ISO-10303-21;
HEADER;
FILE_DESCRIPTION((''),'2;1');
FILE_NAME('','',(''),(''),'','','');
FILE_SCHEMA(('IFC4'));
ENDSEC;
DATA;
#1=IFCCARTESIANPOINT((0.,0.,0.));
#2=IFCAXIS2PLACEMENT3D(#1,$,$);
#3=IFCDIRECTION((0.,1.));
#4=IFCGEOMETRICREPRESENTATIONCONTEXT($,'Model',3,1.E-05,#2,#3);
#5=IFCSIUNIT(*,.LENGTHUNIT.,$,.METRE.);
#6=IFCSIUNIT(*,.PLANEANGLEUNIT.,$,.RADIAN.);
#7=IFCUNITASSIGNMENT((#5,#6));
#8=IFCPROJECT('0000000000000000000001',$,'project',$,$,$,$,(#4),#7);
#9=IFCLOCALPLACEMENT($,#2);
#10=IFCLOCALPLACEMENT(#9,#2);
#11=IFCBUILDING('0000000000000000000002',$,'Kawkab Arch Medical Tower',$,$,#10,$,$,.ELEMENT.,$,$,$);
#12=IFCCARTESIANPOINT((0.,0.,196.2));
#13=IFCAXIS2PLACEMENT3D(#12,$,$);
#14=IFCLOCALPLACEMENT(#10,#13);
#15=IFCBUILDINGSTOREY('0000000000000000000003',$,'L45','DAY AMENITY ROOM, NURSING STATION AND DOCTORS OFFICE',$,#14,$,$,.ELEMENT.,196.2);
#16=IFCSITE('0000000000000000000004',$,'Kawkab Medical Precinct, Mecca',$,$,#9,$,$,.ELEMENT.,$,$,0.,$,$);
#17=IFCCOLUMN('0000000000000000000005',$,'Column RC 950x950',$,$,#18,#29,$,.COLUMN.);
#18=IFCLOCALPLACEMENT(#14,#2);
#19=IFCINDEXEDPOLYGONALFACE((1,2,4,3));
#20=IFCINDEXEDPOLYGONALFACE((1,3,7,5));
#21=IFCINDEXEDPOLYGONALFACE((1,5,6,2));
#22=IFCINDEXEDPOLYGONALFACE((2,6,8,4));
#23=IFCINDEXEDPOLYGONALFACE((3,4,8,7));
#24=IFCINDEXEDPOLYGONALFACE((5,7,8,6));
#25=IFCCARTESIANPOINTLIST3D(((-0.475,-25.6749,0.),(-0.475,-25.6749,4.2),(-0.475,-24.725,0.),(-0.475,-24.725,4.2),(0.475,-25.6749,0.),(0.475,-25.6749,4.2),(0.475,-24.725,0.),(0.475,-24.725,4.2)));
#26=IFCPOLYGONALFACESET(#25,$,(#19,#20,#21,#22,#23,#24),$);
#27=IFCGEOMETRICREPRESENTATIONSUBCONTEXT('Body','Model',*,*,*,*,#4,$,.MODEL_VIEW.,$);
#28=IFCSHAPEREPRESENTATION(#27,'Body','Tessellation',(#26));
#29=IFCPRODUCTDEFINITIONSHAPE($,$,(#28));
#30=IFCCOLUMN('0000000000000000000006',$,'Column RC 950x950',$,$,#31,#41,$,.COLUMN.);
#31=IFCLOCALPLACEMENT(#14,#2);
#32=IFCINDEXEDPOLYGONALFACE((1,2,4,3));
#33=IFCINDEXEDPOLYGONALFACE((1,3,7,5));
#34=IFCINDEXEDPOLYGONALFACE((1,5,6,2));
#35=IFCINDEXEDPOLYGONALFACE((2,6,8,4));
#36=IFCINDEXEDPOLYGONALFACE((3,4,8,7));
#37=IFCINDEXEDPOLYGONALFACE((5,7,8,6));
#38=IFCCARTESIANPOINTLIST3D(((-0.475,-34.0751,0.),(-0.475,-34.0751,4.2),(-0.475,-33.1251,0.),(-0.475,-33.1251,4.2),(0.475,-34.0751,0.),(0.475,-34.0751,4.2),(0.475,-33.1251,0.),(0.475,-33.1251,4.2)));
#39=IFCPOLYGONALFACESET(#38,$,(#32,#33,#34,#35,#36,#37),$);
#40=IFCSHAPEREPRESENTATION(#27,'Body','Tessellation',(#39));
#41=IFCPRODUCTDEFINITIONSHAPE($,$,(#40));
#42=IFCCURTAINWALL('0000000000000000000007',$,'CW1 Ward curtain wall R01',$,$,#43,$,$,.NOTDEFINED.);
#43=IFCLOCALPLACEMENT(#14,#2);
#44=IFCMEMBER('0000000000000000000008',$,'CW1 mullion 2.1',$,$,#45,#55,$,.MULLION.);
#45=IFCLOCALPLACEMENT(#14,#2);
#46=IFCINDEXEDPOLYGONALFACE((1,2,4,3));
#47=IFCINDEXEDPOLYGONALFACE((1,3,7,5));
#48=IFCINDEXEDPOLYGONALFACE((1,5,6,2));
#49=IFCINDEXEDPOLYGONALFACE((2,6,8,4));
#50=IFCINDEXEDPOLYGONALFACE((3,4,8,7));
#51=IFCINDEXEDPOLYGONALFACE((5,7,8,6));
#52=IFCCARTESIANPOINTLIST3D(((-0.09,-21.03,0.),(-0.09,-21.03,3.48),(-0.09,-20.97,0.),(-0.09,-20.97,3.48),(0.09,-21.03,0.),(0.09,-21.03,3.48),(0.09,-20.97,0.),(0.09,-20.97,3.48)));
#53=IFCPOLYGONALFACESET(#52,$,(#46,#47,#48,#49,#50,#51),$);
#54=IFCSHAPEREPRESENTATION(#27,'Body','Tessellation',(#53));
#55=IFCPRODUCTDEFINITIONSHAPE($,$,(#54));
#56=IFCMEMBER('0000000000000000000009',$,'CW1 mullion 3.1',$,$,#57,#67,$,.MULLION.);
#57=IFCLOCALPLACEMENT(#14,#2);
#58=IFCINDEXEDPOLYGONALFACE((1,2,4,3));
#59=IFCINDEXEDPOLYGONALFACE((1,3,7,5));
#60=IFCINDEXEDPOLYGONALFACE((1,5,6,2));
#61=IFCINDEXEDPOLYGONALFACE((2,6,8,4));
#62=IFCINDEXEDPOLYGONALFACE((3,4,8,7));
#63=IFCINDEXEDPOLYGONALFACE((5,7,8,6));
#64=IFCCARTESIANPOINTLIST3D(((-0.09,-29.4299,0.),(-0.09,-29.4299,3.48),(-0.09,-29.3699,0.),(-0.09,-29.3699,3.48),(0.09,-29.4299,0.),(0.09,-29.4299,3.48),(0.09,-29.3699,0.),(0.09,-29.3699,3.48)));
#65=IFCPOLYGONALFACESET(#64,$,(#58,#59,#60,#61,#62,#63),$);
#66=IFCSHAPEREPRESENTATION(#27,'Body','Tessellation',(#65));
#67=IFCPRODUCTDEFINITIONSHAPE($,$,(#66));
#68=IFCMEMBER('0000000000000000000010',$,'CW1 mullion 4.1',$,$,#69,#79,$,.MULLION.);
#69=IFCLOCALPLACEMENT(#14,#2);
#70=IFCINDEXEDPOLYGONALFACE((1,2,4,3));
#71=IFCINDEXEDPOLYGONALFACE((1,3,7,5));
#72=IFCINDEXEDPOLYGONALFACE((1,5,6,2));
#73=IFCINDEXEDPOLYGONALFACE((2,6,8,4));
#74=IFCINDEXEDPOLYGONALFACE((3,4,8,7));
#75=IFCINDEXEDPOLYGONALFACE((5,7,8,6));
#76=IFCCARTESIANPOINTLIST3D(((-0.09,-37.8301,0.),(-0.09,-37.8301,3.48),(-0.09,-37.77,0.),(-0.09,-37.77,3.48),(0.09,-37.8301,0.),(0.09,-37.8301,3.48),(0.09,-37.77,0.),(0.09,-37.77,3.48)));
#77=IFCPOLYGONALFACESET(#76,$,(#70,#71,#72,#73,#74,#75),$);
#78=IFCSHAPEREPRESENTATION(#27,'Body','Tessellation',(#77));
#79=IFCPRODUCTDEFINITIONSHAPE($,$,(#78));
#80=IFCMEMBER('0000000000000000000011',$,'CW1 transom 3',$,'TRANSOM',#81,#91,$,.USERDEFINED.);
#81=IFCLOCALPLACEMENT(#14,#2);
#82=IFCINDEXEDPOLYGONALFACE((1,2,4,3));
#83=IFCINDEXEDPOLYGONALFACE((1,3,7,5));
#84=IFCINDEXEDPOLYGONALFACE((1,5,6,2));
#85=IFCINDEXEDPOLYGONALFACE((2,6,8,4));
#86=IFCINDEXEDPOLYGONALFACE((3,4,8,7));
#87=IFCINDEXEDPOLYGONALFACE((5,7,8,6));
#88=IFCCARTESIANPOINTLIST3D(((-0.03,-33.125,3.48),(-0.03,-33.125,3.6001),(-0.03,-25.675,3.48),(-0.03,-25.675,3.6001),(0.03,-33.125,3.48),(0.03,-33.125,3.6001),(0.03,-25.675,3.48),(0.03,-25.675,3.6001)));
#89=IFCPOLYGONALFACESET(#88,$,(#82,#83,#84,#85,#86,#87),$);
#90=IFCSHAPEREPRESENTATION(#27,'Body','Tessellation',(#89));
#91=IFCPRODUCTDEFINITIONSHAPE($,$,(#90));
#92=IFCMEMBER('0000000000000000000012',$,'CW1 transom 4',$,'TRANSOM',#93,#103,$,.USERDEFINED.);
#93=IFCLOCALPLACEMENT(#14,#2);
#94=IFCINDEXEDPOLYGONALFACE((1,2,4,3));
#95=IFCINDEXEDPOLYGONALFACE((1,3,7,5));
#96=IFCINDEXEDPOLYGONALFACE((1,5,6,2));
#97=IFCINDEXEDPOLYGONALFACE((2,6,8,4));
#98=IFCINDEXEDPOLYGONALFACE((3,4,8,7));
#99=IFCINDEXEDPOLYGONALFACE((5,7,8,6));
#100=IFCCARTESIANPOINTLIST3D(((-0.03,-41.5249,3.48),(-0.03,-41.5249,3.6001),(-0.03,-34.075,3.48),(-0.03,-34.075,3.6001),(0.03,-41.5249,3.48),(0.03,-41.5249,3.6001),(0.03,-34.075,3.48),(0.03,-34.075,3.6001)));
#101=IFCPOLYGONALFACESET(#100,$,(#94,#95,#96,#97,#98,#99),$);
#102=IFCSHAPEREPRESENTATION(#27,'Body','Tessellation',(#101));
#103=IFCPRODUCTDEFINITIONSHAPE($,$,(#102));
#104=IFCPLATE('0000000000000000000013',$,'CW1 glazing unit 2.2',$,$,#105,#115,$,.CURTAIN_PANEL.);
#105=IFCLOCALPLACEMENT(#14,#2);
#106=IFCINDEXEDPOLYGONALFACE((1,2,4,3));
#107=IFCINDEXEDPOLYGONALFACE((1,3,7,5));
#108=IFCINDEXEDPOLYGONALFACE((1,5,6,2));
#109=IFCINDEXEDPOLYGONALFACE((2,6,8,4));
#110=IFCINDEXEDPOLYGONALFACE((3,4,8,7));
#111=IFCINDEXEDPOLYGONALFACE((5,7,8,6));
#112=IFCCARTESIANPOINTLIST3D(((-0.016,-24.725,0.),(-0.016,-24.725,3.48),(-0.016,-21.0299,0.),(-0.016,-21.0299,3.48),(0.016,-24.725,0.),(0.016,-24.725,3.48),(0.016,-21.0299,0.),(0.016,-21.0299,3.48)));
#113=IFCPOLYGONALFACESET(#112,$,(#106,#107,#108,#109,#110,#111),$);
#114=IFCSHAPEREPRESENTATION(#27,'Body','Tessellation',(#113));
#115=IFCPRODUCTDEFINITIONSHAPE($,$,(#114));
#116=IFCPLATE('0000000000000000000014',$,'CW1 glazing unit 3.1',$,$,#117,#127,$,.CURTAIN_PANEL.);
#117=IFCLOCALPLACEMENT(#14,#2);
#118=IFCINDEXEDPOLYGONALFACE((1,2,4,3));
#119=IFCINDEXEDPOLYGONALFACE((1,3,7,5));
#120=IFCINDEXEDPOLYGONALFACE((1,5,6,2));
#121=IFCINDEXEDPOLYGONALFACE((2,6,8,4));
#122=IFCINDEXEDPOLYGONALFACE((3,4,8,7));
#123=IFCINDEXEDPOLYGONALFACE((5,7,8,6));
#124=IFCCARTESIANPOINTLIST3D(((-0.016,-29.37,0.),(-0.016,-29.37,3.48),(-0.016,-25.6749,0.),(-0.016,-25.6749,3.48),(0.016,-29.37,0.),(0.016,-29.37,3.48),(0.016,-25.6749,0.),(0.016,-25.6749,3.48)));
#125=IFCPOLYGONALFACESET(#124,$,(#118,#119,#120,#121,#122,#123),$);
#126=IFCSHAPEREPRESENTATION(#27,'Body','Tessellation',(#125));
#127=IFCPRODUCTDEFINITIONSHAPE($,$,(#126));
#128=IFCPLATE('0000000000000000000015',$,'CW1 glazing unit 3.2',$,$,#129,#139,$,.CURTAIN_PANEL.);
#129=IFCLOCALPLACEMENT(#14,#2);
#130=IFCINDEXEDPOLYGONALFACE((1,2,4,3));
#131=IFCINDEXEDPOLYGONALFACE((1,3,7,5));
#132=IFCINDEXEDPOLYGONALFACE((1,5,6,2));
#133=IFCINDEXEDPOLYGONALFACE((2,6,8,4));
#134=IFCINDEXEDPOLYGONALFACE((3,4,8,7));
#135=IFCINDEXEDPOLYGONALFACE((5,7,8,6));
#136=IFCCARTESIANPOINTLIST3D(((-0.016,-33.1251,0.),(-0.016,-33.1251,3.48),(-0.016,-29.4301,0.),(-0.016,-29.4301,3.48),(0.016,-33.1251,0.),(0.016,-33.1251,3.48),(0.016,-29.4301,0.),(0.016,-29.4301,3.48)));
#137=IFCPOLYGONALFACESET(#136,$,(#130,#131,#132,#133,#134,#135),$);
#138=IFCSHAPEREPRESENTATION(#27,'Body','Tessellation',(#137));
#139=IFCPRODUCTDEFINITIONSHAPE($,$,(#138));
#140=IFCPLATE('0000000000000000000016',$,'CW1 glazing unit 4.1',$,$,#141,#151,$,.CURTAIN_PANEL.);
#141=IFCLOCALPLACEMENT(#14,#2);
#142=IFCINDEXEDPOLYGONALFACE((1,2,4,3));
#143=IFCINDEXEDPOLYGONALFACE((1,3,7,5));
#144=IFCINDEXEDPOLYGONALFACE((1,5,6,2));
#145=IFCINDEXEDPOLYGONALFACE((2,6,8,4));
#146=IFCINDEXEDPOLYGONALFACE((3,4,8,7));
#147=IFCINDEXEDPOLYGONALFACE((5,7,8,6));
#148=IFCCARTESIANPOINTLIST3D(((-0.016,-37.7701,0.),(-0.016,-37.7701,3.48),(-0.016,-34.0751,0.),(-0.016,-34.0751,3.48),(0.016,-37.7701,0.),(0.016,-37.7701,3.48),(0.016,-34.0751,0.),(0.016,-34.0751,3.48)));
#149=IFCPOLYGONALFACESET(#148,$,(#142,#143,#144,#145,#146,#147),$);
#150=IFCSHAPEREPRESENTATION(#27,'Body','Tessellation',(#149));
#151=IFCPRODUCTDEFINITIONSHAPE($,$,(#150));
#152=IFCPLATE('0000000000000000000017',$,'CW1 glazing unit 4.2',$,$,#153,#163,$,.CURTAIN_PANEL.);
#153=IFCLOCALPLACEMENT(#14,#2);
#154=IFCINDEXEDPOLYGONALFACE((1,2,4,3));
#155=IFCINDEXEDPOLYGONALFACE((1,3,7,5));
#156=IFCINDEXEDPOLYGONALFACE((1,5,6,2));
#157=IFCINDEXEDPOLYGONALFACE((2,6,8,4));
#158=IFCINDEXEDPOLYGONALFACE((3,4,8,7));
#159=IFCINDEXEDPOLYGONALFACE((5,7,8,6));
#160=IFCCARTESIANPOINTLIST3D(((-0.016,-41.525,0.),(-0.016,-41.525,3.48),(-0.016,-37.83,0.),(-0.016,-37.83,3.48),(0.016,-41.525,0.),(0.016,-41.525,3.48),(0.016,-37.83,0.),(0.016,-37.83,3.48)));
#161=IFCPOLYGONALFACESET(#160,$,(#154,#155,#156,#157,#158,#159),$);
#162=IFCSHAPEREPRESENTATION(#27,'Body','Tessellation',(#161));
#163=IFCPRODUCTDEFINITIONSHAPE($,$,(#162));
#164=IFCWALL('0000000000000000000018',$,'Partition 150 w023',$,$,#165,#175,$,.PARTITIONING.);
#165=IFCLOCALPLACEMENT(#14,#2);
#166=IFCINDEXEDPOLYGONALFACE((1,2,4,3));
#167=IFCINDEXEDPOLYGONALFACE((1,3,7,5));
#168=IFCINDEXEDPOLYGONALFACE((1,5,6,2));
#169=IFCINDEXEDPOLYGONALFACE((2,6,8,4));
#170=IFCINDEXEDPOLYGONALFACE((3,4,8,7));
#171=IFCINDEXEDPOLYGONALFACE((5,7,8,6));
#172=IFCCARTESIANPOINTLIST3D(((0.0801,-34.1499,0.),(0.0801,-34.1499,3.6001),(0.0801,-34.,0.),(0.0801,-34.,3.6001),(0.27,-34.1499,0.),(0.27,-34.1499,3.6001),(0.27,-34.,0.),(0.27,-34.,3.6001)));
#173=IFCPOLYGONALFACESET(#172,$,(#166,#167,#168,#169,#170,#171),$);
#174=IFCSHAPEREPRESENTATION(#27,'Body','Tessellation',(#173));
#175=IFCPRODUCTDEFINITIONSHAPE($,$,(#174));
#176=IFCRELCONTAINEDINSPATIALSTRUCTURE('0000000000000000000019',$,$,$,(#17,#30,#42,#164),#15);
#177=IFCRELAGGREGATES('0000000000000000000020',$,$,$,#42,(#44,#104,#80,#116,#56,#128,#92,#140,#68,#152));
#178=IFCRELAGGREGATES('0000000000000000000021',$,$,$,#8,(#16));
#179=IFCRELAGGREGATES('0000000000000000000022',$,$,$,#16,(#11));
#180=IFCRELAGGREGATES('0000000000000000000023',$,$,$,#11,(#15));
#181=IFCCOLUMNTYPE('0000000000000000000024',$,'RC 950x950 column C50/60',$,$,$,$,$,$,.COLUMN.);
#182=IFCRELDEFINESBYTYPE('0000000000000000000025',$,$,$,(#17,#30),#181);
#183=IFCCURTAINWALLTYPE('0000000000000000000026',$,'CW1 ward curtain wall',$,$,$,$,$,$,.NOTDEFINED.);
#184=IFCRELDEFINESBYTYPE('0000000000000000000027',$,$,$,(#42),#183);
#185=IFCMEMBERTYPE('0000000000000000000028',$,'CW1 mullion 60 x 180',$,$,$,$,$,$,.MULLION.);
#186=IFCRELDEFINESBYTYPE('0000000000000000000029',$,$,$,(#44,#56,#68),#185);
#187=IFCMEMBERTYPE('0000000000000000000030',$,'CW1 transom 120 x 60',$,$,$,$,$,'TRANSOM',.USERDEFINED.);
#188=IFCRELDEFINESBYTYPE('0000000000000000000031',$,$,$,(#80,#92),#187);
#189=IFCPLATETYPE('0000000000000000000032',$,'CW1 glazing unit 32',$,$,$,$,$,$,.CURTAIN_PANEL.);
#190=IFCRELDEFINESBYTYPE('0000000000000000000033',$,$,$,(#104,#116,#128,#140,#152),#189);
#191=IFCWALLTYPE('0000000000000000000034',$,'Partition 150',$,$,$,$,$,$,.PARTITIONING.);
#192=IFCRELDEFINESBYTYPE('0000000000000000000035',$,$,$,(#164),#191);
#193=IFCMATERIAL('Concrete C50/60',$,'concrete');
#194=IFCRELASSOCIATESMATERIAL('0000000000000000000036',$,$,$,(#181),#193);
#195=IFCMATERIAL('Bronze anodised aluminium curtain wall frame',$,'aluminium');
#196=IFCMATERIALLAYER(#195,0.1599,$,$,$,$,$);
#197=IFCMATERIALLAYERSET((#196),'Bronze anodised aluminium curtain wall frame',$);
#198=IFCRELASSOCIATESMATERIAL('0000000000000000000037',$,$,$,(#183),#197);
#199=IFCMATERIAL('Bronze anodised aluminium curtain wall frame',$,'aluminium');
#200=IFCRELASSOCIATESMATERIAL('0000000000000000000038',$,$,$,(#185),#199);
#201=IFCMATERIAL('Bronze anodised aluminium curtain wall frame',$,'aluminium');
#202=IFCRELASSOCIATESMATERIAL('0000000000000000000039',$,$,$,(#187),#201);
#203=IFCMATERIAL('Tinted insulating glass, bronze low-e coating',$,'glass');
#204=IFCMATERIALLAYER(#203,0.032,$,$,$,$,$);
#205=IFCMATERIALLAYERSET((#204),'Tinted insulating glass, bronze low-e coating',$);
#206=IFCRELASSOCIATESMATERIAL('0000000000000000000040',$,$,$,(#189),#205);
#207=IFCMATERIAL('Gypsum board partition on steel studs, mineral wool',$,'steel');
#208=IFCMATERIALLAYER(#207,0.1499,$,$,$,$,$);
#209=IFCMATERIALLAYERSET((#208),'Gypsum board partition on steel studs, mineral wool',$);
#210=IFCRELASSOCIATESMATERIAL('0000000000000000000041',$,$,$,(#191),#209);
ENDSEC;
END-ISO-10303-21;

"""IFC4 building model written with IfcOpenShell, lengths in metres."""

from ifc_helpers import new_model, si_unit, direction, frame, frame_2d, origin, origin_2d, place, context, subcontext, project, spatial, rectangle, extrude, material, layer, layer_set, material_profile, profile_set, type_object, element, aggregate, save


model = new_model("IFC4")

# Units and contexts
model_context = context("Model", 3, precision=1e-05, world=origin(), true_north=direction((0.0, 1.0)))
body_context = subcontext(model_context, "Body", "Model", "MODEL_VIEW")
ifc_project = project(units=[si_unit("LENGTHUNIT", "METRE"), si_unit("PLANEANGLEUNIT", "RADIAN")], contexts=[model_context])

# Site, building, storey
site_placement = place(None, origin())
site = spatial("IfcSite", under=ifc_project, at=site_placement, Name="Kawkab Medical Precinct, Mecca", CompositionType="ELEMENT", RefElevation=0.0)
building_placement = place(site_placement, origin())
building = spatial("IfcBuilding", under=site, at=building_placement, Name="Kawkab Arch Medical Tower", CompositionType="ELEMENT")
storey_placement = place(building_placement, frame((0.0, 0.0, 196.2)))
storey = spatial("IfcBuildingStorey", under=building, at=storey_placement, Name="L45", Description="DAY AMENITY ROOM, NURSING STATION AND DOCTORS OFFICE", CompositionType="ELEMENT", Elevation=196.2)

# Columns
ifc_material_1 = material(Name="Concrete C50/60", Category="concrete")
ifc_material_profile_1 = material_profile(ifc_material_1, rectangle(XDim=0.95, YDim=0.95, at=origin_2d()), Name="RC 950x950")
ifc_profile_set_1 = profile_set([ifc_material_profile_1], Name="Concrete C50/60")
column_type = type_object("IfcColumnType", Name="RC 950x950 column C50/60", PredefinedType="COLUMN", material=ifc_profile_set_1)
for number, where, z_axis, x_axis, name in (
    (1, (0.0, -25.2, 0.0), (0.0, 0.0, 1.0), (1.0, 0.0, 0.0), "Column RC 950x950"),
    (2, (0.0, -33.6001, 0.0), (0.0, 0.0, 1.0), (1.0, 0.0, 0.0), "Column RC 950x950"),
):
    element("IfcColumn", number, at=place(storey_placement, frame(where, z_axis=z_axis, x_axis=x_axis)), inside=storey, type_object=column_type, Name=name, PredefinedType="COLUMN", context=body_context, shape_type="SweptSolid", body=[
        extrude(rectangle(XDim=0.95, YDim=0.95, at=origin_2d()), origin(), (0.0, 0.0, 1.0), 4.2),
    ])

# Curtain wall, members, plates
ifc_material_2 = material(Name="Bronze anodised aluminium curtain wall frame", Category="aluminium")
ifc_layer_1 = layer(ifc_material_2, 0.1599)
ifc_layer_set_1 = layer_set([ifc_layer_1], Name="Bronze anodised aluminium curtain wall frame")
curtain_wall_type = type_object("IfcCurtainWallType", Name="CW1 ward curtain wall", PredefinedType="NOTDEFINED", material=ifc_layer_set_1)
curtain_wall_placement = place(storey_placement, origin())
curtain_wall = element("IfcCurtainWall", 3, at=curtain_wall_placement, inside=storey, type_object=curtain_wall_type, Name="CW1 Ward curtain wall R01", PredefinedType="NOTDEFINED")
ifc_material_3 = material(Name="Bronze anodised aluminium curtain wall frame", Category="aluminium")
ifc_material_profile_2 = material_profile(ifc_material_3, rectangle(XDim=0.1799, YDim=0.0601, at=origin_2d()), Name="AL 60x180")
ifc_profile_set_2 = profile_set([ifc_material_profile_2], Name="Bronze anodised aluminium curtain wall frame")
member_type_1 = type_object("IfcMemberType", Name="CW1 mullion 60 x 180", PredefinedType="MULLION", material=ifc_profile_set_2)
member_1_placement = place(storey_placement, frame((0.0, -21.0, 0.0), z_axis=(0.0, 0.0, 1.0), x_axis=(1.0, 0.0, 0.0)))
member_1 = element("IfcMember", 4, at=member_1_placement, type_object=member_type_1, Name="CW1 mullion 2.1", PredefinedType="MULLION", context=body_context, shape_type="SweptSolid", body=[
    extrude(rectangle(XDim=0.1799, YDim=0.0601, at=origin_2d()), origin(), (0.0, 0.0, 1.0), 3.48),
])
member_2_placement = place(storey_placement, frame((0.0, -29.3999, 0.0), z_axis=(0.0, 0.0, 1.0), x_axis=(1.0, 0.0, 0.0)))
member_2 = element("IfcMember", 5, at=member_2_placement, type_object=member_type_1, Name="CW1 mullion 3.1", PredefinedType="MULLION", context=body_context, shape_type="SweptSolid", body=[
    extrude(rectangle(XDim=0.1799, YDim=0.0601, at=origin_2d()), origin(), (0.0, 0.0, 1.0), 3.48),
])
member_3_placement = place(storey_placement, frame((0.0, -37.8, 0.0), z_axis=(0.0, 0.0, 1.0), x_axis=(1.0, 0.0, 0.0)))
member_3 = element("IfcMember", 6, at=member_3_placement, type_object=member_type_1, Name="CW1 mullion 4.1", PredefinedType="MULLION", context=body_context, shape_type="SweptSolid", body=[
    extrude(rectangle(XDim=0.1799, YDim=0.0601, at=origin_2d()), origin(), (0.0, 0.0, 1.0), 3.48),
])
ifc_material_4 = material(Name="Bronze anodised aluminium curtain wall frame", Category="aluminium")
ifc_material_profile_3 = material_profile(ifc_material_4, rectangle(XDim=0.0601, YDim=0.1201, at=origin_2d()), Name="AL 60x120")
ifc_profile_set_3 = profile_set([ifc_material_profile_3], Name="Bronze anodised aluminium curtain wall frame")
member_type_2 = type_object("IfcMemberType", Name="CW1 transom 120 x 60", ElementType="TRANSOM", PredefinedType="USERDEFINED", material=ifc_profile_set_3)
member_4_placement = place(storey_placement, frame((0.0, -25.675, 3.54), z_axis=(0.0, -1.0, 0.0), x_axis=(1.0, 0.0, 0.0)))
member_4 = element("IfcMember", 7, at=member_4_placement, type_object=member_type_2, Name="CW1 transom 3", ObjectType="TRANSOM", PredefinedType="USERDEFINED", context=body_context, shape_type="SweptSolid", body=[
    extrude(rectangle(XDim=0.0601, YDim=0.1201, at=origin_2d()), origin(), (0.0, 0.0, 1.0), 7.45),
])
member_5_placement = place(storey_placement, frame((0.0, -34.075, 3.54), z_axis=(0.0, -1.0, 0.0), x_axis=(1.0, 0.0, 0.0)))
member_5 = element("IfcMember", 8, at=member_5_placement, type_object=member_type_2, Name="CW1 transom 4", ObjectType="TRANSOM", PredefinedType="USERDEFINED", context=body_context, shape_type="SweptSolid", body=[
    extrude(rectangle(XDim=0.0601, YDim=0.1201, at=origin_2d()), origin(), (0.0, 0.0, 1.0), 7.45),
])
ifc_material_5 = material(Name="Tinted insulating glass, bronze low-e coating", Category="glass")
ifc_layer_2 = layer(ifc_material_5, 0.032)
ifc_layer_set_2 = layer_set([ifc_layer_2], Name="Tinted insulating glass, bronze low-e coating")
plate_type = type_object("IfcPlateType", Name="CW1 glazing unit 32", PredefinedType="CURTAIN_PANEL", material=ifc_layer_set_2)
plate_1_placement = place(storey_placement, frame((0.0, -22.8774, 0.0), z_axis=(0.0, 0.0, 1.0), x_axis=(0.0, -1.0, 0.0)))
plate_1 = element("IfcPlate", 9, at=plate_1_placement, type_object=plate_type, Name="CW1 glazing unit 2.2", PredefinedType="CURTAIN_PANEL", context=body_context, shape_type="SweptSolid", body=[
    extrude(rectangle(XDim=3.6951, YDim=0.032, at=origin_2d()), origin(), (0.0, 0.0, 1.0), 3.48),
])
plate_2_placement = place(storey_placement, frame((0.0, -27.5225, 0.0), z_axis=(0.0, 0.0, 1.0), x_axis=(0.0, -1.0, 0.0)))
plate_2 = element("IfcPlate", 10, at=plate_2_placement, type_object=plate_type, Name="CW1 glazing unit 3.1", PredefinedType="CURTAIN_PANEL", context=body_context, shape_type="SweptSolid", body=[
    extrude(rectangle(XDim=3.6951, YDim=0.032, at=origin_2d()), origin(), (0.0, 0.0, 1.0), 3.48),
])
plate_3_placement = place(storey_placement, frame((0.0, -31.2776, 0.0), z_axis=(0.0, 0.0, 1.0), x_axis=(0.0, -1.0, 0.0)))
plate_3 = element("IfcPlate", 11, at=plate_3_placement, type_object=plate_type, Name="CW1 glazing unit 3.2", PredefinedType="CURTAIN_PANEL", context=body_context, shape_type="SweptSolid", body=[
    extrude(rectangle(XDim=3.6951, YDim=0.032, at=origin_2d()), origin(), (0.0, 0.0, 1.0), 3.48),
])
plate_4_placement = place(storey_placement, frame((0.0, -35.9226, 0.0), z_axis=(0.0, 0.0, 1.0), x_axis=(0.0, -1.0, 0.0)))
plate_4 = element("IfcPlate", 12, at=plate_4_placement, type_object=plate_type, Name="CW1 glazing unit 4.1", PredefinedType="CURTAIN_PANEL", context=body_context, shape_type="SweptSolid", body=[
    extrude(rectangle(XDim=3.6951, YDim=0.032, at=origin_2d()), origin(), (0.0, 0.0, 1.0), 3.48),
])
plate_5_placement = place(storey_placement, frame((0.0, -39.6775, 0.0), z_axis=(0.0, 0.0, 1.0), x_axis=(0.0, -1.0, 0.0)))
plate_5 = element("IfcPlate", 13, at=plate_5_placement, type_object=plate_type, Name="CW1 glazing unit 4.2", PredefinedType="CURTAIN_PANEL", context=body_context, shape_type="SweptSolid", body=[
    extrude(rectangle(XDim=3.6951, YDim=0.032, at=origin_2d()), origin(), (0.0, 0.0, 1.0), 3.48),
])
aggregate(curtain_wall, [member_1, plate_1, member_4, plate_2, member_2, plate_3, member_5, plate_4, member_3, plate_5])

# Wall
ifc_material_6 = material(Name="Gypsum board partition on steel studs, mineral wool", Category="steel")
ifc_layer_3 = layer(ifc_material_6, 0.1499)
ifc_layer_set_3 = layer_set([ifc_layer_3], Name="Gypsum board partition on steel studs, mineral wool")
wall_type_1 = type_object("IfcWallType", Name="Partition 150", PredefinedType="PARTITIONING", material=ifc_layer_set_3)
wall_1_placement = place(storey_placement, frame((0.0801, -34.075, 0.0), z_axis=(0.0, 0.0, 1.0), x_axis=(1.0, 0.0, 0.0)))
element("IfcWall", 14, at=wall_1_placement, inside=storey, type_object=wall_type_1, Name="Partition 150 w023", PredefinedType="PARTITIONING", context=body_context, shape_type="SweptSolid", body=[
    extrude(rectangle(XDim=0.1899, YDim=0.1499, at=frame_2d((0.095, 0.0))), origin(), (0.0, 0.0, 1.0), 3.6001),
])

save(model, "model.ifc")
